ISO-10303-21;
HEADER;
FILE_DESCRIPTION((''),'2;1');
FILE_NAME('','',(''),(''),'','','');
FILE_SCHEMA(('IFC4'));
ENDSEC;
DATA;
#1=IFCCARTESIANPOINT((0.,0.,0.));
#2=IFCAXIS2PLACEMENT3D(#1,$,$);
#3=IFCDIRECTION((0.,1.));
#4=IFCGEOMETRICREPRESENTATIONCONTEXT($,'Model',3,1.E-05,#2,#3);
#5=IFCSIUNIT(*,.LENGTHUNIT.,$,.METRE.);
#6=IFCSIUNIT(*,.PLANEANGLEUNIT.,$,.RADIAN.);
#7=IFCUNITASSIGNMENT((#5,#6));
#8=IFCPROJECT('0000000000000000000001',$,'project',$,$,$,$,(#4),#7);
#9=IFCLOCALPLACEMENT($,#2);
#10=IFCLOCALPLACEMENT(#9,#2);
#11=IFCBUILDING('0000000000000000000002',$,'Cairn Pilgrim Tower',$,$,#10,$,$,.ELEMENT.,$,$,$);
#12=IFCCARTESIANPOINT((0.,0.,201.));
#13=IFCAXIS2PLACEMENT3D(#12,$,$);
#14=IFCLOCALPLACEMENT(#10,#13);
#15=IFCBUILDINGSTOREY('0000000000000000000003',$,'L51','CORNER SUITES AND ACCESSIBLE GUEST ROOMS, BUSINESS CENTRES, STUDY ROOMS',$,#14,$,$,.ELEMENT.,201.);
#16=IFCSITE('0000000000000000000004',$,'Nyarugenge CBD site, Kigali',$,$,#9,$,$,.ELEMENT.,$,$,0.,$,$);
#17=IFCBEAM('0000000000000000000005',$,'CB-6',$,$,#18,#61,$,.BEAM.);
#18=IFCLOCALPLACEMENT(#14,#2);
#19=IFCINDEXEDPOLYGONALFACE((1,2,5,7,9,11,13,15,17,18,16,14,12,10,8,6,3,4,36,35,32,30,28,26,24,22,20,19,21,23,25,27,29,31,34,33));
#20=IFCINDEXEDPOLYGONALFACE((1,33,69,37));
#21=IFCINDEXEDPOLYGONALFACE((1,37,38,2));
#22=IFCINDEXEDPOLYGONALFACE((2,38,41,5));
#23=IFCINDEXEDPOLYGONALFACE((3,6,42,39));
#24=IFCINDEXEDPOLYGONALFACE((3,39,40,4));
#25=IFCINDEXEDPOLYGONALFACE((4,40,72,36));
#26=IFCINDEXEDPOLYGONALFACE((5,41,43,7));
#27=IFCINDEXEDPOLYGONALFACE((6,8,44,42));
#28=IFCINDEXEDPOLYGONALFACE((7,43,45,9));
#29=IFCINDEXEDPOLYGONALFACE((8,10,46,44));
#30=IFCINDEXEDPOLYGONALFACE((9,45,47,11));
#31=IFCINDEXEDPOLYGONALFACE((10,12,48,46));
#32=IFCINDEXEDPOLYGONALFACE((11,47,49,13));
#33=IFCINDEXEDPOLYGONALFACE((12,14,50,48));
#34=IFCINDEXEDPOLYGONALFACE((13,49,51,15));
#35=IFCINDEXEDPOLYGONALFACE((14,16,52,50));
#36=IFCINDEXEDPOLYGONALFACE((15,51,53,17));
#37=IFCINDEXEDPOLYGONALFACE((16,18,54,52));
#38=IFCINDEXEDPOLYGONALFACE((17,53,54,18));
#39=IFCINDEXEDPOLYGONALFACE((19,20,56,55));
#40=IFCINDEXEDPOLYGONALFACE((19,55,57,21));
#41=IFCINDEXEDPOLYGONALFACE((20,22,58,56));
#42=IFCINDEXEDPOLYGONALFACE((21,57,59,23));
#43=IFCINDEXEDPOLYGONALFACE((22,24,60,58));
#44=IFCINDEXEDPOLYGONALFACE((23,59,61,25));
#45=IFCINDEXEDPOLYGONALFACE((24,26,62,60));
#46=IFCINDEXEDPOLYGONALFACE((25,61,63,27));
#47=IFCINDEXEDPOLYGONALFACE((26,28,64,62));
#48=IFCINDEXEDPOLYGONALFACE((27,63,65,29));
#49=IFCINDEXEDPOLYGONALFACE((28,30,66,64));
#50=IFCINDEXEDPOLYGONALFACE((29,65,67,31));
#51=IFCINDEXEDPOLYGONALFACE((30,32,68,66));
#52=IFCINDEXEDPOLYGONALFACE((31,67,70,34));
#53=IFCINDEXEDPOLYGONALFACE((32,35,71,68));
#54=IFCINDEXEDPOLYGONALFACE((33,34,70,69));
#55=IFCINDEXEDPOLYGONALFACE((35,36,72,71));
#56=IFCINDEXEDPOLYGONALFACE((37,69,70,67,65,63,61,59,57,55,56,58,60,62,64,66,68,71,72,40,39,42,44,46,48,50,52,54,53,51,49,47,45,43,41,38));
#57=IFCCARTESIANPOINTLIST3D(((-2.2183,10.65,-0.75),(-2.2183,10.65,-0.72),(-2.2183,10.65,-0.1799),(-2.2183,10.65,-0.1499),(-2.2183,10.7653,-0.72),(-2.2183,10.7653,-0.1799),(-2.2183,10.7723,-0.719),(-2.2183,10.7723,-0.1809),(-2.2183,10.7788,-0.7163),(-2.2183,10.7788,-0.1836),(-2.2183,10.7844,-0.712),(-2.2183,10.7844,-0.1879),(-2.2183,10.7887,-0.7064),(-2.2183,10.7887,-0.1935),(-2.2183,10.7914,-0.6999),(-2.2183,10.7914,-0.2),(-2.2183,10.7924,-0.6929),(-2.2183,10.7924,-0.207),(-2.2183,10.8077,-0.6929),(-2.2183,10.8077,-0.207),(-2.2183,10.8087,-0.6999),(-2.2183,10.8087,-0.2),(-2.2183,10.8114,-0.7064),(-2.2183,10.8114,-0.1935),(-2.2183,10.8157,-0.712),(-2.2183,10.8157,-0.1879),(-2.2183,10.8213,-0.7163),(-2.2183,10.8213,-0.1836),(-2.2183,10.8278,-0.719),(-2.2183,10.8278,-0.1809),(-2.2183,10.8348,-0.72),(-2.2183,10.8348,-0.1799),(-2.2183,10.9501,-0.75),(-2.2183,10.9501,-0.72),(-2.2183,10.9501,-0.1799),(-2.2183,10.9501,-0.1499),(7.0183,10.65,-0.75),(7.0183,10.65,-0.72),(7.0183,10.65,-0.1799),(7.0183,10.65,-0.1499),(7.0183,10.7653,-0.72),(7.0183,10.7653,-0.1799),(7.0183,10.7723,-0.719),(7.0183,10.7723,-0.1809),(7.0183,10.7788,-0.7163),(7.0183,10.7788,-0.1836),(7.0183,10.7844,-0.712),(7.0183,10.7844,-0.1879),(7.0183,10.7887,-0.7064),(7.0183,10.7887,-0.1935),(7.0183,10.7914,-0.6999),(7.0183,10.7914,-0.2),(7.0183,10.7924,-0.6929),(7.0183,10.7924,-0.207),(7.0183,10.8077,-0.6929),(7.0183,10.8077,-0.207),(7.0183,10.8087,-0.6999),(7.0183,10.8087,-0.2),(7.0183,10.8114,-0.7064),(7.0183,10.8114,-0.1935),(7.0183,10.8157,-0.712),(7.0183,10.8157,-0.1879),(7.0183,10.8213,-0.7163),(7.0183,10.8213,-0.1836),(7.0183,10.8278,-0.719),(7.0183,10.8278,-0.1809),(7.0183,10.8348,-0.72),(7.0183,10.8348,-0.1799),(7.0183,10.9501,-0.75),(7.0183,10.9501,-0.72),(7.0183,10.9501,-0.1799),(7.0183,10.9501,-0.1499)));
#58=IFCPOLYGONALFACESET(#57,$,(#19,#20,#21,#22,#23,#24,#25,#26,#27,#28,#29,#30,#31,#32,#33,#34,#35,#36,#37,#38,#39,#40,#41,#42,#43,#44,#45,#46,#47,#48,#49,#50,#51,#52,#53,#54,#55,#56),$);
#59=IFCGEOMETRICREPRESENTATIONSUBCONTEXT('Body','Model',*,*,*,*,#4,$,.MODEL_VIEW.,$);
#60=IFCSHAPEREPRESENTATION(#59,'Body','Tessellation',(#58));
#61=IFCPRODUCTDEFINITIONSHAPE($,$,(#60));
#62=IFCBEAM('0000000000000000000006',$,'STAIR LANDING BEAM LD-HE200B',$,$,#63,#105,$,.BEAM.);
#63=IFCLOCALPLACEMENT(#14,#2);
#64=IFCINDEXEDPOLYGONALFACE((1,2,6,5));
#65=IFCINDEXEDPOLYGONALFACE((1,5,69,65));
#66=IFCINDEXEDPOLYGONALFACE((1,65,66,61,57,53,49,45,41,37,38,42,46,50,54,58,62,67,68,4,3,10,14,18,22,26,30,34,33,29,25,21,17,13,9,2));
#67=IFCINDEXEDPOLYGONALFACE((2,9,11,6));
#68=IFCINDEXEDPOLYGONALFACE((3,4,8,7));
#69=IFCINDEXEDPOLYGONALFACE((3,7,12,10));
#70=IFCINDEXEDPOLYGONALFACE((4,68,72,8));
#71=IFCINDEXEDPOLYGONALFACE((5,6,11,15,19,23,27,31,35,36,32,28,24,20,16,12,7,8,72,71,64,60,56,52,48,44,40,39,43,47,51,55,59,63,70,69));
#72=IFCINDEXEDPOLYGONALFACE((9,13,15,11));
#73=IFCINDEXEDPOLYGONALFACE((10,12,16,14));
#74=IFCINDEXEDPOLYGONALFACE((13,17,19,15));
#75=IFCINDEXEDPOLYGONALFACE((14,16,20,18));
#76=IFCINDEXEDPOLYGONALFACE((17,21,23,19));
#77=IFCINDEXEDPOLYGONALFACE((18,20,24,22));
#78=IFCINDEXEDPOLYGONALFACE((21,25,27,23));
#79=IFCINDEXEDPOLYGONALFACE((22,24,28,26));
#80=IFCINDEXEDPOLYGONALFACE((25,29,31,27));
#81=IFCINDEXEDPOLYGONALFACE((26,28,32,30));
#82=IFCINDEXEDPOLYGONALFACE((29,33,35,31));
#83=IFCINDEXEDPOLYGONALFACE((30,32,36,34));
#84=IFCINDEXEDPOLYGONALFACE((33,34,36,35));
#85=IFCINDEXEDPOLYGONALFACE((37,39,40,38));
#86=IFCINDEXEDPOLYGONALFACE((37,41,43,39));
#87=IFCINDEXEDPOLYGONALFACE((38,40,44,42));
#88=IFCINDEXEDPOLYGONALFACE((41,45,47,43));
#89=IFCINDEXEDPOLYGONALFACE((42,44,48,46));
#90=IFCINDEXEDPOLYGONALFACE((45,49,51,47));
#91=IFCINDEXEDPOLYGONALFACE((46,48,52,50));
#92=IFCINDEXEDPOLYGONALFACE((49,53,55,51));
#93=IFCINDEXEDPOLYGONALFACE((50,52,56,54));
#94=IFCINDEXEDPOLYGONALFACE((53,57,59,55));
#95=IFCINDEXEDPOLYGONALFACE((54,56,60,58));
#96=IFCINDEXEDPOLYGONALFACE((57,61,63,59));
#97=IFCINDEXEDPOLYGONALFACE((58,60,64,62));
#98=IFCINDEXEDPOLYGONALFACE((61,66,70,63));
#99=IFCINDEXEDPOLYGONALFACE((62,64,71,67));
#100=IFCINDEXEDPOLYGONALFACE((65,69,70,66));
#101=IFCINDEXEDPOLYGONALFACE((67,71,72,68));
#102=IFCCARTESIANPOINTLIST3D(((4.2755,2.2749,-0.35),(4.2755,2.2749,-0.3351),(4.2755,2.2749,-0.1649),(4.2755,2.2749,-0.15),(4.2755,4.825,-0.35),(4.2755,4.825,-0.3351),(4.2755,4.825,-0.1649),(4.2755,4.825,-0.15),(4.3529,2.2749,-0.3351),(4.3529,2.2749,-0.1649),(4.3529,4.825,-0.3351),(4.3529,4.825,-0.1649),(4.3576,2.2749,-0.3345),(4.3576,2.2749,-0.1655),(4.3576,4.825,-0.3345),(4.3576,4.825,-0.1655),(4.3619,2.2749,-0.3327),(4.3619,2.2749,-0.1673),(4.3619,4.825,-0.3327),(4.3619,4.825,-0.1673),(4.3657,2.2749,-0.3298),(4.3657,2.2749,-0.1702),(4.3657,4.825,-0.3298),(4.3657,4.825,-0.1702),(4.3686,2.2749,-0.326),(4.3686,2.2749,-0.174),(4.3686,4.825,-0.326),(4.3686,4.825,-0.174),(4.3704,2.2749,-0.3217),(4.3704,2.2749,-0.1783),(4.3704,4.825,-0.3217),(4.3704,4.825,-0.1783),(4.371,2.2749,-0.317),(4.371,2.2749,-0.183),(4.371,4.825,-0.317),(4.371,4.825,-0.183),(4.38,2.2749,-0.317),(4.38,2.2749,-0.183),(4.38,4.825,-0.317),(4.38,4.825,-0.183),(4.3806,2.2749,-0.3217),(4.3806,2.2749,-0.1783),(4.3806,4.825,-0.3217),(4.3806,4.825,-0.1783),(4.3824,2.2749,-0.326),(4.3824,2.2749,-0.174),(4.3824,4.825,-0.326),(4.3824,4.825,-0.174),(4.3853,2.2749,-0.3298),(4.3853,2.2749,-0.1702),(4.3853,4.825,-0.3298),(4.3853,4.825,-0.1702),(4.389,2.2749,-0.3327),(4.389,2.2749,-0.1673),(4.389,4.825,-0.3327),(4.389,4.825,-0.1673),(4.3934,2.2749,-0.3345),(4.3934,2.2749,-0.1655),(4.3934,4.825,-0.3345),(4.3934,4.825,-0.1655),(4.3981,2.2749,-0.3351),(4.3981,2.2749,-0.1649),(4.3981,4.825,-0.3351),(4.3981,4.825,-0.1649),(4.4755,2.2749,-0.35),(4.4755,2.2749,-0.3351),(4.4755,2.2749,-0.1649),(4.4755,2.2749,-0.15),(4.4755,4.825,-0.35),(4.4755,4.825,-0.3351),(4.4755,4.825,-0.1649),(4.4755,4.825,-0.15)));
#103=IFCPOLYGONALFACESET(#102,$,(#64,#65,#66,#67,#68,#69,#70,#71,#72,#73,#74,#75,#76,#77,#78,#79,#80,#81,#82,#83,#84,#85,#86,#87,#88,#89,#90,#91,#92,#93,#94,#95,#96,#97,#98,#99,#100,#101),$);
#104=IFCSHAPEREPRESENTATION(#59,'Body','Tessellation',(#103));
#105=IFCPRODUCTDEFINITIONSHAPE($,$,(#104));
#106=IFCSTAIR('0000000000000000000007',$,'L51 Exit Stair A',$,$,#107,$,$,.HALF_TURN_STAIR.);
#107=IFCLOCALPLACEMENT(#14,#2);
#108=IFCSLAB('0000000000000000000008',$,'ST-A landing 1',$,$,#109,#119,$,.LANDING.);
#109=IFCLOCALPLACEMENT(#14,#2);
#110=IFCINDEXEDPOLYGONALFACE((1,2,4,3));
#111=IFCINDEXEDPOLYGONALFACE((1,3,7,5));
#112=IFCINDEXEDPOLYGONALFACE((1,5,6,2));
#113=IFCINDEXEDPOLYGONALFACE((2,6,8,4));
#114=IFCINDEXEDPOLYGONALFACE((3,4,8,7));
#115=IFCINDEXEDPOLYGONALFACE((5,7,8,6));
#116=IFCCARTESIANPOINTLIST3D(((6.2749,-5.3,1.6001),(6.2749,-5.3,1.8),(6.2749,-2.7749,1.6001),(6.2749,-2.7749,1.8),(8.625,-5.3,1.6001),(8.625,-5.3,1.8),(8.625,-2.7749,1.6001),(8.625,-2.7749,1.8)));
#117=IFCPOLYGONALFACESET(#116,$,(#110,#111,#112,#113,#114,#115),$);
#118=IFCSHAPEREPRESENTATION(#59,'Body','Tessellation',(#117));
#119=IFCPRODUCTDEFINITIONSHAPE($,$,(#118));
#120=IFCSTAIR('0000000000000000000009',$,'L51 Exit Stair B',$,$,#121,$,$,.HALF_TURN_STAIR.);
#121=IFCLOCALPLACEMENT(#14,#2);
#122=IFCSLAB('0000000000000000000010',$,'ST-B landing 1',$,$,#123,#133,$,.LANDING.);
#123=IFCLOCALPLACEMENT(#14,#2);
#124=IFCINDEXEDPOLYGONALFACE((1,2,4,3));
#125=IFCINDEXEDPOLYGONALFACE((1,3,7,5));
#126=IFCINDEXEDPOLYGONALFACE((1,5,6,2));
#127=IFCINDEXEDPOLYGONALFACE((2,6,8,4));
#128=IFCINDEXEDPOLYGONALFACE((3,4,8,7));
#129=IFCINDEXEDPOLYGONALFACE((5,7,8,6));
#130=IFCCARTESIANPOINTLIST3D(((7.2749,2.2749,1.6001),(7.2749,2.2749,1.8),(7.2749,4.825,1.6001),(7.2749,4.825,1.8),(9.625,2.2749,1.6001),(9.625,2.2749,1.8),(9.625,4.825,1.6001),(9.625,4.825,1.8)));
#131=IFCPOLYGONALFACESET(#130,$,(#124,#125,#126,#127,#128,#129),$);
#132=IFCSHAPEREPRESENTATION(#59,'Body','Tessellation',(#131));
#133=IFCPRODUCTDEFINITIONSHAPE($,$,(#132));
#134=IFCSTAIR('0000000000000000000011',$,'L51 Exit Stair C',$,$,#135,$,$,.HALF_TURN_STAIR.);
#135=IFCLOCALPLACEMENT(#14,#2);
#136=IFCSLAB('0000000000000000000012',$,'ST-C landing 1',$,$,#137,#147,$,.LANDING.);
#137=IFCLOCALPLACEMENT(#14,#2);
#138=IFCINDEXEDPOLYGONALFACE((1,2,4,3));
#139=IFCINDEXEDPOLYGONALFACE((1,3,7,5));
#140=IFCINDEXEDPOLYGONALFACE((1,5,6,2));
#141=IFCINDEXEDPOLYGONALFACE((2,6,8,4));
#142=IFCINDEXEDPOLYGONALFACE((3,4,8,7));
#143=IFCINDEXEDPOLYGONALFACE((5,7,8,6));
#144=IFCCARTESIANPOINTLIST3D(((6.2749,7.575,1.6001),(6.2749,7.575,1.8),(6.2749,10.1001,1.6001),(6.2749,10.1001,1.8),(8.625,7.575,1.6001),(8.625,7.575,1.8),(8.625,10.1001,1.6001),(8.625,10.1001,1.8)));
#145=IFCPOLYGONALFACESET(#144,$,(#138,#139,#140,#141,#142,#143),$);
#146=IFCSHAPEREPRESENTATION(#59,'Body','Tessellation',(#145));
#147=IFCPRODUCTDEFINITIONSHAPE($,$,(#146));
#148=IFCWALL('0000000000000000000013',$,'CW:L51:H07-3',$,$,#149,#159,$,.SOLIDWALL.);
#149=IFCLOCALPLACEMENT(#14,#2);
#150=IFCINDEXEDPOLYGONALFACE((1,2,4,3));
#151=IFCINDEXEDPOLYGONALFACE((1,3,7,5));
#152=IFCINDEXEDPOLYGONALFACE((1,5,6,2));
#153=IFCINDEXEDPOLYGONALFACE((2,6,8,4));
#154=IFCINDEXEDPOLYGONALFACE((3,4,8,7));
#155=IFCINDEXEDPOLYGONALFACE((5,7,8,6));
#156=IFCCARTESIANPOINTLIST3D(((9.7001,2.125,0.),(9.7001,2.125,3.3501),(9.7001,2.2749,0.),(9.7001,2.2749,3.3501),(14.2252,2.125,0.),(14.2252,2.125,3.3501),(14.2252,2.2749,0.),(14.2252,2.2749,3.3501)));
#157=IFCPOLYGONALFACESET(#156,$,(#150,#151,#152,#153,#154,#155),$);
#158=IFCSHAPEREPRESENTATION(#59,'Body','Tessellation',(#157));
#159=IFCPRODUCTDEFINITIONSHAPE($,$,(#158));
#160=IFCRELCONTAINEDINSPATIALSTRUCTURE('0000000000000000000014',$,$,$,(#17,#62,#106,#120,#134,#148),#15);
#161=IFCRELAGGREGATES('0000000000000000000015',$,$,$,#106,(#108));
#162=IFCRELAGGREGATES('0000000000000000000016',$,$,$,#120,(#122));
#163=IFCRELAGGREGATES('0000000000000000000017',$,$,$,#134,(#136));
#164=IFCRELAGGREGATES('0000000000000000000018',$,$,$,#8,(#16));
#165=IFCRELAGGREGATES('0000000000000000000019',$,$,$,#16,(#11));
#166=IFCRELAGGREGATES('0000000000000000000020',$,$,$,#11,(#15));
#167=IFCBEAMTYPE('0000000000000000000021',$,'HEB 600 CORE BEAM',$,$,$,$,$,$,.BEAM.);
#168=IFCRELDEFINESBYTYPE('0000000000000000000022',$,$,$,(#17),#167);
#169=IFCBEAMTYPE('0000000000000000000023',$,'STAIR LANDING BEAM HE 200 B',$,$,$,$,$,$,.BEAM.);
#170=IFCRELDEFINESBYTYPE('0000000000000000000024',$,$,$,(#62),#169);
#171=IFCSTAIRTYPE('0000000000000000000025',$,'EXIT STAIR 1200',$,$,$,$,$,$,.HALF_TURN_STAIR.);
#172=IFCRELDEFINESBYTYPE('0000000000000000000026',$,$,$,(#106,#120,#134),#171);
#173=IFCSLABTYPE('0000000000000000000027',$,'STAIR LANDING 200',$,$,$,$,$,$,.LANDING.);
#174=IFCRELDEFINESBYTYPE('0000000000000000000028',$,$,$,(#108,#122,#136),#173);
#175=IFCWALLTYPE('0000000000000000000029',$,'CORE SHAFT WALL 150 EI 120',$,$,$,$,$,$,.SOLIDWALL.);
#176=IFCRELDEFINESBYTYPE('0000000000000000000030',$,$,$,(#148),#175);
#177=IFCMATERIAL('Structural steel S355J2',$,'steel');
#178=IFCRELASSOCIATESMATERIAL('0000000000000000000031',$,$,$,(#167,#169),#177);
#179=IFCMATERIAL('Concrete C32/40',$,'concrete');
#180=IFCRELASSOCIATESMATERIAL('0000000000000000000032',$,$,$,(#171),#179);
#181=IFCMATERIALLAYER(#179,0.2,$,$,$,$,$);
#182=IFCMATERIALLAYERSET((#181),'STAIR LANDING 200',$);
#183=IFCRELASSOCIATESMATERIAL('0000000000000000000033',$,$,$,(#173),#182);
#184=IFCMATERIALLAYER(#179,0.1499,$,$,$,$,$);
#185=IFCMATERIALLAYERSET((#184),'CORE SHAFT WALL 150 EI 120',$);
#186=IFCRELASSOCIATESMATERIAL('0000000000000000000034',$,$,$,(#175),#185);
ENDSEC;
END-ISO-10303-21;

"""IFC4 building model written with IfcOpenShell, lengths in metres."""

from ifc_helpers import new_model, si_unit, direction, frame, frame_2d, origin, origin_2d, place, context, subcontext, project, spatial, polyline, rectangle, i_section, outline, extrude, material, layer, layer_set, material_profile, profile_set, type_object, element, aggregate, save


model = new_model("IFC4")

# Units and contexts
model_context = context("Model", 3, precision=1e-05, world=origin(), true_north=direction((0.0, 1.0)))
body_context = subcontext(model_context, "Body", "Model", "MODEL_VIEW")
ifc_project = project(units=[si_unit("LENGTHUNIT", "METRE"), si_unit("PLANEANGLEUNIT", "RADIAN")], contexts=[model_context])

# Site, building, storey
site_placement = place(None, origin())
site = spatial("IfcSite", under=ifc_project, at=site_placement, Name="Nyarugenge CBD site, Kigali", CompositionType="ELEMENT", RefElevation=0.0)
building_placement = place(site_placement, origin())
building = spatial("IfcBuilding", under=site, at=building_placement, Name="Cairn Pilgrim Tower", CompositionType="ELEMENT")
storey_placement = place(building_placement, frame((0.0, 0.0, 201.0)))
storey = spatial("IfcBuildingStorey", under=building, at=storey_placement, Name="L51", Description="CORNER SUITES AND ACCESSIBLE GUEST ROOMS, BUSINESS CENTRES, STUDY ROOMS", CompositionType="ELEMENT", Elevation=201.0)

# Shared definitions
ifc_material_1 = material(Name="Structural steel S355J2", Category="steel")

# Beams
ifc_material_profile_1 = material_profile(ifc_material_1, i_section(OverallWidth=0.3, OverallDepth=0.6001, WebThickness=0.0154, FlangeThickness=0.03, FilletRadius=0.0271, at=origin_2d()), Name="HEB 600")
ifc_profile_set_1 = profile_set([ifc_material_profile_1], Name="Structural steel S355J2")
beam_type_1 = type_object("IfcBeamType", Name="HEB 600 CORE BEAM", PredefinedType="BEAM", material=ifc_profile_set_1)
beam_1_placement = place(storey_placement, frame((7.0183, 10.8, -0.45), z_axis=(-1.0, 0.0, 0.0), x_axis=(0.0, -1.0, 0.0)))
element("IfcBeam", 1, at=beam_1_placement, inside=storey, type_object=beam_type_1, Name="CB-6", PredefinedType="BEAM", context=body_context, shape_type="SweptSolid", body=[
    extrude(i_section(OverallWidth=0.3, OverallDepth=0.6001, WebThickness=0.0154, FlangeThickness=0.03, FilletRadius=0.0271, at=origin_2d()), origin(), (0.0, 0.0, 1.0), 9.2366),
])
ifc_material_profile_2 = material_profile(ifc_material_1, i_section(OverallWidth=0.2, OverallDepth=0.2, WebThickness=0.009, FlangeThickness=0.0149, FilletRadius=0.0181, at=origin_2d()), Name="HE 200 B")
ifc_profile_set_2 = profile_set([ifc_material_profile_2], Name="Structural steel S355J2")
beam_type_2 = type_object("IfcBeamType", Name="STAIR LANDING BEAM HE 200 B", PredefinedType="BEAM", material=ifc_profile_set_2)
beam_2_placement = place(storey_placement, frame((4.3755, 2.2749, -0.25), z_axis=(0.0, 1.0, 0.0), x_axis=(-1.0, 0.0, 0.0)))
element("IfcBeam", 2, at=beam_2_placement, inside=storey, type_object=beam_type_2, Name="STAIR LANDING BEAM LD-HE200B", PredefinedType="BEAM", context=body_context, shape_type="SweptSolid", body=[
    extrude(i_section(OverallWidth=0.2, OverallDepth=0.2, WebThickness=0.009, FlangeThickness=0.0149, FilletRadius=0.0181, at=origin_2d()), origin(), (0.0, 0.0, 1.0), 2.55),
])

# Stairs, slabs
ifc_material_2 = material(Name="Concrete C32/40", Category="concrete")
stair_type = type_object("IfcStairType", Name="EXIT STAIR 1200", PredefinedType="HALF_TURN_STAIR", material=ifc_material_2)
stair_1_placement = place(storey_placement, origin())
stair_1 = element("IfcStair", 3, at=stair_1_placement, inside=storey, type_object=stair_type, Name="L51 Exit Stair A", PredefinedType="HALF_TURN_STAIR")
ifc_layer_1 = layer(ifc_material_2, 0.2)
ifc_layer_set_1 = layer_set([ifc_layer_1], Name="STAIR LANDING 200")
slab_type = type_object("IfcSlabType", Name="STAIR LANDING 200", PredefinedType="LANDING", material=ifc_layer_set_1)
slab_1_placement = place(storey_placement, frame((0.0, 0.0, 1.6001)))
slab_1 = element("IfcSlab", 4, at=slab_1_placement, type_object=slab_type, Name="ST-A landing 1", PredefinedType="LANDING", context=body_context, shape_type="SweptSolid", body=[
    extrude(outline(polyline([(8.625, -2.7749), (6.2749, -2.7749), (6.2749, -5.3), (8.625, -5.3), (8.625, -2.7749)])), origin(), (0.0, 0.0, 1.0), 0.2),
])
aggregate(stair_1, [slab_1])
stair_2_placement = place(storey_placement, origin())
stair_2 = element("IfcStair", 5, at=stair_2_placement, inside=storey, type_object=stair_type, Name="L51 Exit Stair B", PredefinedType="HALF_TURN_STAIR")
slab_2_placement = place(storey_placement, frame((0.0, 0.0, 1.6001)))
slab_2 = element("IfcSlab", 6, at=slab_2_placement, type_object=slab_type, Name="ST-B landing 1", PredefinedType="LANDING", context=body_context, shape_type="SweptSolid", body=[
    extrude(outline(polyline([(7.2749, 2.2749), (9.625, 2.2749), (9.625, 4.825), (7.2749, 4.825), (7.2749, 2.2749)])), origin(), (0.0, 0.0, 1.0), 0.2),
])
stair_3_placement = place(storey_placement, origin())
stair_3 = element("IfcStair", 7, at=stair_3_placement, inside=storey, type_object=stair_type, Name="L51 Exit Stair C", PredefinedType="HALF_TURN_STAIR")
slab_3_placement = place(storey_placement, frame((0.0, 0.0, 1.6001)))
slab_3 = element("IfcSlab", 8, at=slab_3_placement, type_object=slab_type, Name="ST-C landing 1", PredefinedType="LANDING", context=body_context, shape_type="SweptSolid", body=[
    extrude(outline(polyline([(8.625, 10.1001), (6.2749, 10.1001), (6.2749, 7.575), (8.625, 7.575), (8.625, 10.1001)])), origin(), (0.0, 0.0, 1.0), 0.2),
])

# Wall
ifc_layer_2 = layer(ifc_material_2, 0.1499)
ifc_layer_set_2 = layer_set([ifc_layer_2], Name="CORE SHAFT WALL 150 EI 120")
wall_type_1 = type_object("IfcWallType", Name="CORE SHAFT WALL 150 EI 120", PredefinedType="SOLIDWALL", material=ifc_layer_set_2)
wall_1_placement = place(storey_placement, frame((9.7, 2.2, 0.0), z_axis=(0.0, 0.0, 1.0), x_axis=(1.0, 0.0, 0.0)))
element("IfcWall", 9, at=wall_1_placement, inside=storey, type_object=wall_type_1, Name="CW:L51:H07-3", PredefinedType="SOLIDWALL", context=body_context, shape_type="SweptSolid", body=[
    extrude(rectangle(XDim=4.5251, YDim=0.1499, at=frame_2d((2.2627, 0.0))), origin(), (0.0, 0.0, 1.0), 3.3501),
])

aggregate(stair_2, [slab_2])
aggregate(stair_3, [slab_3])

save(model, "model.ifc")
